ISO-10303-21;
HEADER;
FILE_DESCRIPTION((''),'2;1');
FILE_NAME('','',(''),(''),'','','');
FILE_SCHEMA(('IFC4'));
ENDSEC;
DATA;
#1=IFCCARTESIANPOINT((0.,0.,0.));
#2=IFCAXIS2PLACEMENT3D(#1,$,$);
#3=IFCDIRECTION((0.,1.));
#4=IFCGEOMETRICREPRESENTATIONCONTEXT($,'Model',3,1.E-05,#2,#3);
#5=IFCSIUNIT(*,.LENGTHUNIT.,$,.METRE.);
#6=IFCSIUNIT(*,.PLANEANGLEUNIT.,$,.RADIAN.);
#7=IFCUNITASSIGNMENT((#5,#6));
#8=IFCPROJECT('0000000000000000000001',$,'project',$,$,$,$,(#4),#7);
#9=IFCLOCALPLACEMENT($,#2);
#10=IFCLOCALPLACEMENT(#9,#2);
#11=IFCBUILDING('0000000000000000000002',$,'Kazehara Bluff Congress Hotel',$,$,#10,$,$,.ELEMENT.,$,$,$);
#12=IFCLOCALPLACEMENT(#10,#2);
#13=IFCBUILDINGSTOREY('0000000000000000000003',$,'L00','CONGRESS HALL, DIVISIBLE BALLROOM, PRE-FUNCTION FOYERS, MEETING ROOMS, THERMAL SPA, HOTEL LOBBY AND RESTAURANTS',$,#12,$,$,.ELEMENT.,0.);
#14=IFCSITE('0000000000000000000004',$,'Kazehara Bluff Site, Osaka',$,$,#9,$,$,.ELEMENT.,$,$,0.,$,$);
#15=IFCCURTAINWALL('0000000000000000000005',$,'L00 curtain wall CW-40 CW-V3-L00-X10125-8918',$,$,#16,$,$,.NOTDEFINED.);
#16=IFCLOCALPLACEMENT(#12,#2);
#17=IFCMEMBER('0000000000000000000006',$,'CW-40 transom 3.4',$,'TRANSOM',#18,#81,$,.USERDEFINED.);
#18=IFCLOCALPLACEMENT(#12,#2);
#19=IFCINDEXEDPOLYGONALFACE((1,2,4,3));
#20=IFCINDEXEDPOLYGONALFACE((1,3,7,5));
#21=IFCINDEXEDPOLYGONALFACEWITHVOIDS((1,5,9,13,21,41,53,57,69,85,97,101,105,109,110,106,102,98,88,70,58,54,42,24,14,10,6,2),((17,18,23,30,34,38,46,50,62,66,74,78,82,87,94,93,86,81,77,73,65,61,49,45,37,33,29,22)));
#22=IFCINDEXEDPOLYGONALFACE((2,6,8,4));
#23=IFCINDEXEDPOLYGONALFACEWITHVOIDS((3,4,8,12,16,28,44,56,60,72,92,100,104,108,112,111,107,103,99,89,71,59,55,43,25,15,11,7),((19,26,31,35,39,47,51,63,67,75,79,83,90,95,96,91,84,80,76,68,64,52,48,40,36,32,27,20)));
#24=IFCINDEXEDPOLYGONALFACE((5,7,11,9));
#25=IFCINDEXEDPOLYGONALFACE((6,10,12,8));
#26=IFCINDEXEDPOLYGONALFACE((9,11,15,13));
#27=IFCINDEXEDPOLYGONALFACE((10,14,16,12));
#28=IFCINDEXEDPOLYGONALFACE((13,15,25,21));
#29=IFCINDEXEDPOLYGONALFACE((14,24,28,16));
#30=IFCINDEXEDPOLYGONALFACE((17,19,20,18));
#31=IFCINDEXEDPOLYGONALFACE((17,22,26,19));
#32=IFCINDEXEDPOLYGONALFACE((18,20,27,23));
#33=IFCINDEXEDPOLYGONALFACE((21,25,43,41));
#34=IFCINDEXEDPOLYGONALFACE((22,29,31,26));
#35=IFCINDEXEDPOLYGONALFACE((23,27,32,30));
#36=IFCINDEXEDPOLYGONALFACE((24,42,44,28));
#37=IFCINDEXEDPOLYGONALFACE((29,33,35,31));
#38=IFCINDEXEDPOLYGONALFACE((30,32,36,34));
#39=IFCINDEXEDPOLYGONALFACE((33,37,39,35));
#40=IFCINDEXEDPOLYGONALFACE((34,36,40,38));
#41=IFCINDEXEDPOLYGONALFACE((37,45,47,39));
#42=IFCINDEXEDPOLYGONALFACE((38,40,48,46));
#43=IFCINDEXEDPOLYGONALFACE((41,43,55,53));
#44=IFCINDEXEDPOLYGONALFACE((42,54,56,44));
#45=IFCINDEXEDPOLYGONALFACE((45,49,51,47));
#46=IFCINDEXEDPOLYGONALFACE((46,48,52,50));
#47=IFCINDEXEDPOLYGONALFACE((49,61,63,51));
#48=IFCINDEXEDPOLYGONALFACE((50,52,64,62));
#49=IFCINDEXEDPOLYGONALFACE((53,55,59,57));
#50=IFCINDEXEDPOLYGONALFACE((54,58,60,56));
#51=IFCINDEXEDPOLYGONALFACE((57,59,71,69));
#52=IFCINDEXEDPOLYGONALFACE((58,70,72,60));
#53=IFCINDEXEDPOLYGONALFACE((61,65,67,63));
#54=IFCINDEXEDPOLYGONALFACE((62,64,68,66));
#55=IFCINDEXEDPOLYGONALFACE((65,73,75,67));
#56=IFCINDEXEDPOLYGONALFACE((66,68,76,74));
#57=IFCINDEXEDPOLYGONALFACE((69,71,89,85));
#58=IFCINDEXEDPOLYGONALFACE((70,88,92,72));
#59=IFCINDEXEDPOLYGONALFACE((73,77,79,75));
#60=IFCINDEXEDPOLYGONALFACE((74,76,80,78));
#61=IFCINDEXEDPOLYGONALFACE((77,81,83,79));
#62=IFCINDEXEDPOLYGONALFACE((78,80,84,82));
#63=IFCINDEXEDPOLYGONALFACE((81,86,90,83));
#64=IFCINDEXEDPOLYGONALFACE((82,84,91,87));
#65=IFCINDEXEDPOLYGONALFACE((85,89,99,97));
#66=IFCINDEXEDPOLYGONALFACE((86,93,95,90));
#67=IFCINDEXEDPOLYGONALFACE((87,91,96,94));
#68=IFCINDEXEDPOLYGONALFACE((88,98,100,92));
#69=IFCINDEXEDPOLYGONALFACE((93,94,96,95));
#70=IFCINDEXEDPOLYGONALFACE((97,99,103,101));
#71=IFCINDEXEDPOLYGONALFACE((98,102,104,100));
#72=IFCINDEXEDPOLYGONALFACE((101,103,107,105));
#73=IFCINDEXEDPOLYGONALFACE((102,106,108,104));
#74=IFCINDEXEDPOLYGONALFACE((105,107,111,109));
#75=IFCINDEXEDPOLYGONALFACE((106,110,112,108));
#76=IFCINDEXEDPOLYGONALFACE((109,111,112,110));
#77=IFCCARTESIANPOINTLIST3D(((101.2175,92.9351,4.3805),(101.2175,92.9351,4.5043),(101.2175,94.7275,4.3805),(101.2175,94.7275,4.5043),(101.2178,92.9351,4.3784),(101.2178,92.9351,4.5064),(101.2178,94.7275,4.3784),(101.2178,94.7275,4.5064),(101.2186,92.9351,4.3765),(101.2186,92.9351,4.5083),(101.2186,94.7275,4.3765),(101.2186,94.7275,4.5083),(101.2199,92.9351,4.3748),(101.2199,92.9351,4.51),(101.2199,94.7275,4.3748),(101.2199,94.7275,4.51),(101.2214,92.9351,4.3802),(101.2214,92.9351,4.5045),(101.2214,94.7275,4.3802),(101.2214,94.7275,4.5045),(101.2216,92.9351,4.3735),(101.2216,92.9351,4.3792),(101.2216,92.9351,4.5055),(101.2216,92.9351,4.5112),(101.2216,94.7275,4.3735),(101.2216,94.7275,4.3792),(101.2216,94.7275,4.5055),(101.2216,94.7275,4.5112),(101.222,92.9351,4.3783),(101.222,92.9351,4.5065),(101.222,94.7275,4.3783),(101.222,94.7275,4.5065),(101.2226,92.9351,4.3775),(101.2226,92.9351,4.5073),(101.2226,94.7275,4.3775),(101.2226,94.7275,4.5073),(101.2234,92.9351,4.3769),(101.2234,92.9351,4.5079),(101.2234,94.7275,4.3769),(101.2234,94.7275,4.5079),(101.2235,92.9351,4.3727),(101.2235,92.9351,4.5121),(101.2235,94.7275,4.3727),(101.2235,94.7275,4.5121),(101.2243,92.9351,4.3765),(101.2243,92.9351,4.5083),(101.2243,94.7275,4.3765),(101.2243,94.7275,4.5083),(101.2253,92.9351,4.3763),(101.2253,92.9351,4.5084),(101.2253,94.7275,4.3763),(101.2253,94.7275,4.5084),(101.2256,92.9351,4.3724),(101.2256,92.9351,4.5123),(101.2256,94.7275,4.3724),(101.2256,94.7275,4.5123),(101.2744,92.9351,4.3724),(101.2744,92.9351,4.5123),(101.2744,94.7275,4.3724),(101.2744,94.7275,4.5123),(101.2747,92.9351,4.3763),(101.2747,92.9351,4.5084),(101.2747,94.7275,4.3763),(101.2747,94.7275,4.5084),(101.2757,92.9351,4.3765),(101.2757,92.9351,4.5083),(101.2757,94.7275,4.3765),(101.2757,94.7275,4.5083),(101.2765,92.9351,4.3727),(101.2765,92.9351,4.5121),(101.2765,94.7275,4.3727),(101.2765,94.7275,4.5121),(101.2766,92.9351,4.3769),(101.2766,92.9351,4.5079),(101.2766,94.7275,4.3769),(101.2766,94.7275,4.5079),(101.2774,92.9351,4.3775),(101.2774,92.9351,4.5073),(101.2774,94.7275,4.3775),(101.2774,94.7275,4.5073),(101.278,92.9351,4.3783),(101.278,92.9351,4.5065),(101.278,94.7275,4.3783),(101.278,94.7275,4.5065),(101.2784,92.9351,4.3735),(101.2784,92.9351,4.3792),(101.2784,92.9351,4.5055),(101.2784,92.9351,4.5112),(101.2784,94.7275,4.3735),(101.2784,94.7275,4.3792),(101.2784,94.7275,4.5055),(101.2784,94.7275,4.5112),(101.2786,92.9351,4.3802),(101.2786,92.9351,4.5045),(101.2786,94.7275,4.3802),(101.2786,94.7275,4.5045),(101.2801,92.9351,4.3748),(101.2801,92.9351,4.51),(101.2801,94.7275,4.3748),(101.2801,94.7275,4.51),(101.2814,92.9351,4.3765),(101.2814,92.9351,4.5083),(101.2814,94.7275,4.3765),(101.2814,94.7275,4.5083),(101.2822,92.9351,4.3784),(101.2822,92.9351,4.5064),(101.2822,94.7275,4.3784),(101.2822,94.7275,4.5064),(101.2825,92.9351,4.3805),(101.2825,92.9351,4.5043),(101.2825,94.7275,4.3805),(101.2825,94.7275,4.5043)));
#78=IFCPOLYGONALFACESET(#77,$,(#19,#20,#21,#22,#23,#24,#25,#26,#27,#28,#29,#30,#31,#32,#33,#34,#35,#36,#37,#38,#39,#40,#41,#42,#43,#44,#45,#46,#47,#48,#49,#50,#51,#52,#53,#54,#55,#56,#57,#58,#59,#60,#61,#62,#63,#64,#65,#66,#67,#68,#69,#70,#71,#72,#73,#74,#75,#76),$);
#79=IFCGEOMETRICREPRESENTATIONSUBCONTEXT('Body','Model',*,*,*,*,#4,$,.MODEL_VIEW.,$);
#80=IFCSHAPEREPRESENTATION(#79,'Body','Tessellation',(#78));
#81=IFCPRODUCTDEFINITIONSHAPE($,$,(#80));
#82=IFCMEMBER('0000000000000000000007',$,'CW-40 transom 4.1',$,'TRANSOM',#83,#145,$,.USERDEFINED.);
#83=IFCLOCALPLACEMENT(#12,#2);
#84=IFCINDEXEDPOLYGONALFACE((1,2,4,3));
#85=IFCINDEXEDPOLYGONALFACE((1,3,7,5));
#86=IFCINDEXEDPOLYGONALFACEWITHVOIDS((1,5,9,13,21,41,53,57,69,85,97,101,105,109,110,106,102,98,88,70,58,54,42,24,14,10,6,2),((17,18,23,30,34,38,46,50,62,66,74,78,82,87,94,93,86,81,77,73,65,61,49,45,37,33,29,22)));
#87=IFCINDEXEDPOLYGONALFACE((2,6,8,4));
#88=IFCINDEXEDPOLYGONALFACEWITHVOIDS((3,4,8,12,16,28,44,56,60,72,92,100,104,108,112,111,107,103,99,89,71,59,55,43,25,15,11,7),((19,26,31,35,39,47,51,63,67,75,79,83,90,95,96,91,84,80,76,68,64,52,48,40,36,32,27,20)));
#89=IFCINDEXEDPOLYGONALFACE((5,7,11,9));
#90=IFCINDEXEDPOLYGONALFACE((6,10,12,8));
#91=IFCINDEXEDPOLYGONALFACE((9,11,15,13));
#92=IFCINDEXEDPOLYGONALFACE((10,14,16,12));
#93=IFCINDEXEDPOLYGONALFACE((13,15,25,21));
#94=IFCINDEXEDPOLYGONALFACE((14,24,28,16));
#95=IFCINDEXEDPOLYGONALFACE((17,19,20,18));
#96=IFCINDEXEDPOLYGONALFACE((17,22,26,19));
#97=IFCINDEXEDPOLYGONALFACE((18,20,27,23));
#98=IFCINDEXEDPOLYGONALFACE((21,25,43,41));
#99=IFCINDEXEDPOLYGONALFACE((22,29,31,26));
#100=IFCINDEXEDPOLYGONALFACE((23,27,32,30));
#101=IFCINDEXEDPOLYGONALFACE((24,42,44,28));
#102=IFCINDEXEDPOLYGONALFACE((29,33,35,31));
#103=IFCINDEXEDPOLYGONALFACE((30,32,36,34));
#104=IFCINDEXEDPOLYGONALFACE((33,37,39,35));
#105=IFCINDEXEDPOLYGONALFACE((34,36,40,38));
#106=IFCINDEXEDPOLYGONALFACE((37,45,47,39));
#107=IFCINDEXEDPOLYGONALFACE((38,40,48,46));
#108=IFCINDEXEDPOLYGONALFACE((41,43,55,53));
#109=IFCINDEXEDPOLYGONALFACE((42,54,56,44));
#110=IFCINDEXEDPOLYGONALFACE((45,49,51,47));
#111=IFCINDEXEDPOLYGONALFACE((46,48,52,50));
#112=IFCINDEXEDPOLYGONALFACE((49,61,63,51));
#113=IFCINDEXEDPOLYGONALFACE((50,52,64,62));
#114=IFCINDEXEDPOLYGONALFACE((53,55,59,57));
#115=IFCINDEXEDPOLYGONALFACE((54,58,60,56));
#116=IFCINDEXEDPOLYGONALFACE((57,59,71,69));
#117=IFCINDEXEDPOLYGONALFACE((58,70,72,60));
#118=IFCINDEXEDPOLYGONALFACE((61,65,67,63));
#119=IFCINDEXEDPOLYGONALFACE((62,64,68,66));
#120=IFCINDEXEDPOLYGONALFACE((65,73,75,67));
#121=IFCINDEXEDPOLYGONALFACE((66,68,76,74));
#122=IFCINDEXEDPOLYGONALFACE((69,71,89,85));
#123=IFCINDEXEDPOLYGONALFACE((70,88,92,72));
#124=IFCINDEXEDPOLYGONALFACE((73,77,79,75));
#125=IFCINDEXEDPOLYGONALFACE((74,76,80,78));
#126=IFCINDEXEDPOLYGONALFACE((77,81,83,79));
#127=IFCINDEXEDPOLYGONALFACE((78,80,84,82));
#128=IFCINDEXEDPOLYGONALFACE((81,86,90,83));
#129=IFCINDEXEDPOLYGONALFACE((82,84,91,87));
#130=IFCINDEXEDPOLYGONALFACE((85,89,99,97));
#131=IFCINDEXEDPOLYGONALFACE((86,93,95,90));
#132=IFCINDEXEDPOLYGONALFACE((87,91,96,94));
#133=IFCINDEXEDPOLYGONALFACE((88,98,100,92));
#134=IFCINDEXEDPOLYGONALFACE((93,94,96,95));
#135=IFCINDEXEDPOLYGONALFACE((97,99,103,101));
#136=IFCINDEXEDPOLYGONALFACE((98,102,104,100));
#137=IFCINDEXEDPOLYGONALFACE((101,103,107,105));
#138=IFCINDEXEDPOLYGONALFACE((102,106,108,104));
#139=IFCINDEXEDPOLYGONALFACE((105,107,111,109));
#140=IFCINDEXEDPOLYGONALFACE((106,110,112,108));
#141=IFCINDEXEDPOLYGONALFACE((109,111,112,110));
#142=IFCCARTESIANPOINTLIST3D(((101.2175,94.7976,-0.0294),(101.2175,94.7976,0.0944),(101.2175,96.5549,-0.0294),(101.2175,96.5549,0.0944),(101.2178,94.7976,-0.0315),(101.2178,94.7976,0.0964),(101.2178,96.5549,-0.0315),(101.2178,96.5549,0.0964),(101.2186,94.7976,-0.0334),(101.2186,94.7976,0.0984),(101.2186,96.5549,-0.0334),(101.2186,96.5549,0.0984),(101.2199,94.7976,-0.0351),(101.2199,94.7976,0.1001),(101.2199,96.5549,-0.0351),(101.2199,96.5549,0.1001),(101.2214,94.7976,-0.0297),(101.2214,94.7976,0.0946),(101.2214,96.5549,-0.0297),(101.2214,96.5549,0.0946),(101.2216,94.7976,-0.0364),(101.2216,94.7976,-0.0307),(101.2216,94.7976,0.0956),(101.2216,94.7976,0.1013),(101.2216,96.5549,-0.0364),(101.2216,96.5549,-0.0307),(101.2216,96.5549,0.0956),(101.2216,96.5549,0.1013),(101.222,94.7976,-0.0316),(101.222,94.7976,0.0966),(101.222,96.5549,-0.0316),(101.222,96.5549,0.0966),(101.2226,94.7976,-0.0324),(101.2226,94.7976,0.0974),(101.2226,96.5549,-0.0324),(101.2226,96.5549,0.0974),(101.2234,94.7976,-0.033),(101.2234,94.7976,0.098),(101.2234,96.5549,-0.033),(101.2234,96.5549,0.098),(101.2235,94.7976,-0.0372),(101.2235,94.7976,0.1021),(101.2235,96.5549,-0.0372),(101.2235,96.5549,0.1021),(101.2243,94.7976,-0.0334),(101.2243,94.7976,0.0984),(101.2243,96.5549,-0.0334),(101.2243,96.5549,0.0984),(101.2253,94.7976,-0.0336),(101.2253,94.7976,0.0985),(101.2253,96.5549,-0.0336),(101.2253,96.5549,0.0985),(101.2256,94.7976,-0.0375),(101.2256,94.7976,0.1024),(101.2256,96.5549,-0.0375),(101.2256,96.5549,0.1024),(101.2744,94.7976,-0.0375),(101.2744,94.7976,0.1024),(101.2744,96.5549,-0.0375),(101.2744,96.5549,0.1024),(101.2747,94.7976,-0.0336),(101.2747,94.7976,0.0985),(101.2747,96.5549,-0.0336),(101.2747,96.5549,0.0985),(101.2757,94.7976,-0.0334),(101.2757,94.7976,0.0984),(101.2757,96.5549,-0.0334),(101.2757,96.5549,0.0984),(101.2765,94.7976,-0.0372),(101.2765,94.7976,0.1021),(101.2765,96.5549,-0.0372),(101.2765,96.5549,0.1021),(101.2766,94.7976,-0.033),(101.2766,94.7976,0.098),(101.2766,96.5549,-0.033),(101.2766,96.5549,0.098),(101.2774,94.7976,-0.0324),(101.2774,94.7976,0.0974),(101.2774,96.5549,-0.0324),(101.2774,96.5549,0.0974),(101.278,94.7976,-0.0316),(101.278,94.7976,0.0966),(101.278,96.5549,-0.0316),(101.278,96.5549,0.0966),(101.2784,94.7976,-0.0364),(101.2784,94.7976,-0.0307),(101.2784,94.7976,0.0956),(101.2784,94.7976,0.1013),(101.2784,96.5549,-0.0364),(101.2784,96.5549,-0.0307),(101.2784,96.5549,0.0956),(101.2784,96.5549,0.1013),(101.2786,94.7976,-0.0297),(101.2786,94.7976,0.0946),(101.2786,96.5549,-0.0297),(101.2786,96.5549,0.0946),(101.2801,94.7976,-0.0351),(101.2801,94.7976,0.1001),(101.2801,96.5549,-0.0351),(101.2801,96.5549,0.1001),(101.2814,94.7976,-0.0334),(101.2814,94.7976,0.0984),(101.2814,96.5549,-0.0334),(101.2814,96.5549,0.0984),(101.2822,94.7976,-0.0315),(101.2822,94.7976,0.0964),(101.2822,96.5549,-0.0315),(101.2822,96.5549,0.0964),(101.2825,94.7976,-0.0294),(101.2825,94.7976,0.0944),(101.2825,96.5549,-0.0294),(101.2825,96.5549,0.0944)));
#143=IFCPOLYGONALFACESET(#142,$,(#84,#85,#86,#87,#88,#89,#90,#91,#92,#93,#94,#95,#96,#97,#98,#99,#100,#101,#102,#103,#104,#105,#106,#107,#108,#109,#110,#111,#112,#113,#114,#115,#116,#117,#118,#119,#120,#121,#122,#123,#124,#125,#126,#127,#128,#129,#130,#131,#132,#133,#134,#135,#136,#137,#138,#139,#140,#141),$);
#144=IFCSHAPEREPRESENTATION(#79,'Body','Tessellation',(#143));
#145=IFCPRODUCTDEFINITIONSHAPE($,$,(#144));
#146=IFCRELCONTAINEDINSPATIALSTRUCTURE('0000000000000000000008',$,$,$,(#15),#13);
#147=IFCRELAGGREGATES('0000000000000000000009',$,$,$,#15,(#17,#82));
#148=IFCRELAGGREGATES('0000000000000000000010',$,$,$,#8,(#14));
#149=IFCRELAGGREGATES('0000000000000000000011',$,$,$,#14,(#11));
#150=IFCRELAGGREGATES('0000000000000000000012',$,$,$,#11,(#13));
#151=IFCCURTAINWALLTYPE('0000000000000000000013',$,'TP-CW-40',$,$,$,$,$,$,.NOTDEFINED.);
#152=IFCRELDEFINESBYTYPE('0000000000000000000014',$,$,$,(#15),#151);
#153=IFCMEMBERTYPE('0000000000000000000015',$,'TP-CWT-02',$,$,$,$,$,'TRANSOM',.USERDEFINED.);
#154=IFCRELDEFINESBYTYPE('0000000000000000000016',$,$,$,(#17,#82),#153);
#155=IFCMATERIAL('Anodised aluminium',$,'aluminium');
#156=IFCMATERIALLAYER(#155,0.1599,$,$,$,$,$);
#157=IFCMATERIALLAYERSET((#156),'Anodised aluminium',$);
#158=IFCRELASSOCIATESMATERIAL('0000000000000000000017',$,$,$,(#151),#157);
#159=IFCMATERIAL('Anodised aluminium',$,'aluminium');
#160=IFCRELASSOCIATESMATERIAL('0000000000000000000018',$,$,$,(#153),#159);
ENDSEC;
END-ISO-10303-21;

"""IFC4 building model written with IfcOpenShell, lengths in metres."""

from ifc_helpers import new_model, si_unit, direction, frame, origin, origin_2d, place, context, subcontext, project, spatial, hollow_rectangle, extrude, material, layer, layer_set, material_profile, profile_set, type_object, element, aggregate, save


model = new_model("IFC4")

# Units and contexts
model_context = context("Model", 3, precision=1e-05, world=origin(), true_north=direction((0.0, 1.0)))
body_context = subcontext(model_context, "Body", "Model", "MODEL_VIEW")
ifc_project = project(units=[si_unit("LENGTHUNIT", "METRE"), si_unit("PLANEANGLEUNIT", "RADIAN")], contexts=[model_context])

# Site, building, storey
site_placement = place(None, origin())
site = spatial("IfcSite", under=ifc_project, at=site_placement, Name="Kazehara Bluff Site, Osaka", CompositionType="ELEMENT", RefElevation=0.0)
building_placement = place(site_placement, origin())
building = spatial("IfcBuilding", under=site, at=building_placement, Name="Kazehara Bluff Congress Hotel", CompositionType="ELEMENT")
storey_placement = place(building_placement, origin())
storey = spatial("IfcBuildingStorey", under=building, at=storey_placement, Name="L00", Description="CONGRESS HALL, DIVISIBLE BALLROOM, PRE-FUNCTION FOYERS, MEETING ROOMS, THERMAL SPA, HOTEL LOBBY AND RESTAURANTS", CompositionType="ELEMENT", Elevation=0.0)

# Curtain wall, members
ifc_material_1 = material(Name="Anodised aluminium", Category="aluminium")
ifc_layer_1 = layer(ifc_material_1, 0.1599)
ifc_layer_set_1 = layer_set([ifc_layer_1], Name="Anodised aluminium")
curtain_wall_type = type_object("IfcCurtainWallType", Name="TP-CW-40", PredefinedType="NOTDEFINED", material=ifc_layer_set_1)
curtain_wall_placement = place(storey_placement, origin())
curtain_wall = element("IfcCurtainWall", 1, at=curtain_wall_placement, inside=storey, type_object=curtain_wall_type, Name="L00 curtain wall CW-40 CW-V3-L00-X10125-8918", PredefinedType="NOTDEFINED")
ifc_material_2 = material(Name="Anodised aluminium", Category="aluminium")
ifc_material_profile_1 = material_profile(ifc_material_2, hollow_rectangle(XDim=0.0649, YDim=0.1399, WallThickness=0.0039, InnerFilletRadius=0.0039, OuterFilletRadius=0.0081, at=origin_2d()))
ifc_profile_set_1 = profile_set([ifc_material_profile_1], Name="Anodised aluminium")
member_type_1 = type_object("IfcMemberType", Name="TP-CWT-02", ElementType="TRANSOM", PredefinedType="USERDEFINED", material=ifc_profile_set_1)
member_1_placement = place(storey_placement, frame((101.25, 92.9351, 4.4424), z_axis=(0.0, 1.0, 0.0), x_axis=(-1.0, 0.0, 0.0)))
member_1 = element("IfcMember", 2, at=member_1_placement, type_object=member_type_1, Name="CW-40 transom 3.4", ObjectType="TRANSOM", PredefinedType="USERDEFINED", context=body_context, shape_type="SweptSolid", body=[
    extrude(hollow_rectangle(XDim=0.0649, YDim=0.1399, WallThickness=0.0039, InnerFilletRadius=0.0039, OuterFilletRadius=0.0081, at=origin_2d()), origin(), (0.0, 0.0, 1.0), 1.7925),
])
member_2_placement = place(storey_placement, frame((101.25, 94.7976, 0.0325), z_axis=(0.0, 1.0, 0.0), x_axis=(-1.0, 0.0, 0.0)))
member_2 = element("IfcMember", 3, at=member_2_placement, type_object=member_type_1, Name="CW-40 transom 4.1", ObjectType="TRANSOM", PredefinedType="USERDEFINED", context=body_context, shape_type="SweptSolid", body=[
    extrude(hollow_rectangle(XDim=0.0649, YDim=0.1399, WallThickness=0.0039, InnerFilletRadius=0.0039, OuterFilletRadius=0.0081, at=origin_2d()), origin(), (0.0, 0.0, 1.0), 1.7573),
])
aggregate(curtain_wall, [member_1, member_2])

save(model, "model.ifc")
